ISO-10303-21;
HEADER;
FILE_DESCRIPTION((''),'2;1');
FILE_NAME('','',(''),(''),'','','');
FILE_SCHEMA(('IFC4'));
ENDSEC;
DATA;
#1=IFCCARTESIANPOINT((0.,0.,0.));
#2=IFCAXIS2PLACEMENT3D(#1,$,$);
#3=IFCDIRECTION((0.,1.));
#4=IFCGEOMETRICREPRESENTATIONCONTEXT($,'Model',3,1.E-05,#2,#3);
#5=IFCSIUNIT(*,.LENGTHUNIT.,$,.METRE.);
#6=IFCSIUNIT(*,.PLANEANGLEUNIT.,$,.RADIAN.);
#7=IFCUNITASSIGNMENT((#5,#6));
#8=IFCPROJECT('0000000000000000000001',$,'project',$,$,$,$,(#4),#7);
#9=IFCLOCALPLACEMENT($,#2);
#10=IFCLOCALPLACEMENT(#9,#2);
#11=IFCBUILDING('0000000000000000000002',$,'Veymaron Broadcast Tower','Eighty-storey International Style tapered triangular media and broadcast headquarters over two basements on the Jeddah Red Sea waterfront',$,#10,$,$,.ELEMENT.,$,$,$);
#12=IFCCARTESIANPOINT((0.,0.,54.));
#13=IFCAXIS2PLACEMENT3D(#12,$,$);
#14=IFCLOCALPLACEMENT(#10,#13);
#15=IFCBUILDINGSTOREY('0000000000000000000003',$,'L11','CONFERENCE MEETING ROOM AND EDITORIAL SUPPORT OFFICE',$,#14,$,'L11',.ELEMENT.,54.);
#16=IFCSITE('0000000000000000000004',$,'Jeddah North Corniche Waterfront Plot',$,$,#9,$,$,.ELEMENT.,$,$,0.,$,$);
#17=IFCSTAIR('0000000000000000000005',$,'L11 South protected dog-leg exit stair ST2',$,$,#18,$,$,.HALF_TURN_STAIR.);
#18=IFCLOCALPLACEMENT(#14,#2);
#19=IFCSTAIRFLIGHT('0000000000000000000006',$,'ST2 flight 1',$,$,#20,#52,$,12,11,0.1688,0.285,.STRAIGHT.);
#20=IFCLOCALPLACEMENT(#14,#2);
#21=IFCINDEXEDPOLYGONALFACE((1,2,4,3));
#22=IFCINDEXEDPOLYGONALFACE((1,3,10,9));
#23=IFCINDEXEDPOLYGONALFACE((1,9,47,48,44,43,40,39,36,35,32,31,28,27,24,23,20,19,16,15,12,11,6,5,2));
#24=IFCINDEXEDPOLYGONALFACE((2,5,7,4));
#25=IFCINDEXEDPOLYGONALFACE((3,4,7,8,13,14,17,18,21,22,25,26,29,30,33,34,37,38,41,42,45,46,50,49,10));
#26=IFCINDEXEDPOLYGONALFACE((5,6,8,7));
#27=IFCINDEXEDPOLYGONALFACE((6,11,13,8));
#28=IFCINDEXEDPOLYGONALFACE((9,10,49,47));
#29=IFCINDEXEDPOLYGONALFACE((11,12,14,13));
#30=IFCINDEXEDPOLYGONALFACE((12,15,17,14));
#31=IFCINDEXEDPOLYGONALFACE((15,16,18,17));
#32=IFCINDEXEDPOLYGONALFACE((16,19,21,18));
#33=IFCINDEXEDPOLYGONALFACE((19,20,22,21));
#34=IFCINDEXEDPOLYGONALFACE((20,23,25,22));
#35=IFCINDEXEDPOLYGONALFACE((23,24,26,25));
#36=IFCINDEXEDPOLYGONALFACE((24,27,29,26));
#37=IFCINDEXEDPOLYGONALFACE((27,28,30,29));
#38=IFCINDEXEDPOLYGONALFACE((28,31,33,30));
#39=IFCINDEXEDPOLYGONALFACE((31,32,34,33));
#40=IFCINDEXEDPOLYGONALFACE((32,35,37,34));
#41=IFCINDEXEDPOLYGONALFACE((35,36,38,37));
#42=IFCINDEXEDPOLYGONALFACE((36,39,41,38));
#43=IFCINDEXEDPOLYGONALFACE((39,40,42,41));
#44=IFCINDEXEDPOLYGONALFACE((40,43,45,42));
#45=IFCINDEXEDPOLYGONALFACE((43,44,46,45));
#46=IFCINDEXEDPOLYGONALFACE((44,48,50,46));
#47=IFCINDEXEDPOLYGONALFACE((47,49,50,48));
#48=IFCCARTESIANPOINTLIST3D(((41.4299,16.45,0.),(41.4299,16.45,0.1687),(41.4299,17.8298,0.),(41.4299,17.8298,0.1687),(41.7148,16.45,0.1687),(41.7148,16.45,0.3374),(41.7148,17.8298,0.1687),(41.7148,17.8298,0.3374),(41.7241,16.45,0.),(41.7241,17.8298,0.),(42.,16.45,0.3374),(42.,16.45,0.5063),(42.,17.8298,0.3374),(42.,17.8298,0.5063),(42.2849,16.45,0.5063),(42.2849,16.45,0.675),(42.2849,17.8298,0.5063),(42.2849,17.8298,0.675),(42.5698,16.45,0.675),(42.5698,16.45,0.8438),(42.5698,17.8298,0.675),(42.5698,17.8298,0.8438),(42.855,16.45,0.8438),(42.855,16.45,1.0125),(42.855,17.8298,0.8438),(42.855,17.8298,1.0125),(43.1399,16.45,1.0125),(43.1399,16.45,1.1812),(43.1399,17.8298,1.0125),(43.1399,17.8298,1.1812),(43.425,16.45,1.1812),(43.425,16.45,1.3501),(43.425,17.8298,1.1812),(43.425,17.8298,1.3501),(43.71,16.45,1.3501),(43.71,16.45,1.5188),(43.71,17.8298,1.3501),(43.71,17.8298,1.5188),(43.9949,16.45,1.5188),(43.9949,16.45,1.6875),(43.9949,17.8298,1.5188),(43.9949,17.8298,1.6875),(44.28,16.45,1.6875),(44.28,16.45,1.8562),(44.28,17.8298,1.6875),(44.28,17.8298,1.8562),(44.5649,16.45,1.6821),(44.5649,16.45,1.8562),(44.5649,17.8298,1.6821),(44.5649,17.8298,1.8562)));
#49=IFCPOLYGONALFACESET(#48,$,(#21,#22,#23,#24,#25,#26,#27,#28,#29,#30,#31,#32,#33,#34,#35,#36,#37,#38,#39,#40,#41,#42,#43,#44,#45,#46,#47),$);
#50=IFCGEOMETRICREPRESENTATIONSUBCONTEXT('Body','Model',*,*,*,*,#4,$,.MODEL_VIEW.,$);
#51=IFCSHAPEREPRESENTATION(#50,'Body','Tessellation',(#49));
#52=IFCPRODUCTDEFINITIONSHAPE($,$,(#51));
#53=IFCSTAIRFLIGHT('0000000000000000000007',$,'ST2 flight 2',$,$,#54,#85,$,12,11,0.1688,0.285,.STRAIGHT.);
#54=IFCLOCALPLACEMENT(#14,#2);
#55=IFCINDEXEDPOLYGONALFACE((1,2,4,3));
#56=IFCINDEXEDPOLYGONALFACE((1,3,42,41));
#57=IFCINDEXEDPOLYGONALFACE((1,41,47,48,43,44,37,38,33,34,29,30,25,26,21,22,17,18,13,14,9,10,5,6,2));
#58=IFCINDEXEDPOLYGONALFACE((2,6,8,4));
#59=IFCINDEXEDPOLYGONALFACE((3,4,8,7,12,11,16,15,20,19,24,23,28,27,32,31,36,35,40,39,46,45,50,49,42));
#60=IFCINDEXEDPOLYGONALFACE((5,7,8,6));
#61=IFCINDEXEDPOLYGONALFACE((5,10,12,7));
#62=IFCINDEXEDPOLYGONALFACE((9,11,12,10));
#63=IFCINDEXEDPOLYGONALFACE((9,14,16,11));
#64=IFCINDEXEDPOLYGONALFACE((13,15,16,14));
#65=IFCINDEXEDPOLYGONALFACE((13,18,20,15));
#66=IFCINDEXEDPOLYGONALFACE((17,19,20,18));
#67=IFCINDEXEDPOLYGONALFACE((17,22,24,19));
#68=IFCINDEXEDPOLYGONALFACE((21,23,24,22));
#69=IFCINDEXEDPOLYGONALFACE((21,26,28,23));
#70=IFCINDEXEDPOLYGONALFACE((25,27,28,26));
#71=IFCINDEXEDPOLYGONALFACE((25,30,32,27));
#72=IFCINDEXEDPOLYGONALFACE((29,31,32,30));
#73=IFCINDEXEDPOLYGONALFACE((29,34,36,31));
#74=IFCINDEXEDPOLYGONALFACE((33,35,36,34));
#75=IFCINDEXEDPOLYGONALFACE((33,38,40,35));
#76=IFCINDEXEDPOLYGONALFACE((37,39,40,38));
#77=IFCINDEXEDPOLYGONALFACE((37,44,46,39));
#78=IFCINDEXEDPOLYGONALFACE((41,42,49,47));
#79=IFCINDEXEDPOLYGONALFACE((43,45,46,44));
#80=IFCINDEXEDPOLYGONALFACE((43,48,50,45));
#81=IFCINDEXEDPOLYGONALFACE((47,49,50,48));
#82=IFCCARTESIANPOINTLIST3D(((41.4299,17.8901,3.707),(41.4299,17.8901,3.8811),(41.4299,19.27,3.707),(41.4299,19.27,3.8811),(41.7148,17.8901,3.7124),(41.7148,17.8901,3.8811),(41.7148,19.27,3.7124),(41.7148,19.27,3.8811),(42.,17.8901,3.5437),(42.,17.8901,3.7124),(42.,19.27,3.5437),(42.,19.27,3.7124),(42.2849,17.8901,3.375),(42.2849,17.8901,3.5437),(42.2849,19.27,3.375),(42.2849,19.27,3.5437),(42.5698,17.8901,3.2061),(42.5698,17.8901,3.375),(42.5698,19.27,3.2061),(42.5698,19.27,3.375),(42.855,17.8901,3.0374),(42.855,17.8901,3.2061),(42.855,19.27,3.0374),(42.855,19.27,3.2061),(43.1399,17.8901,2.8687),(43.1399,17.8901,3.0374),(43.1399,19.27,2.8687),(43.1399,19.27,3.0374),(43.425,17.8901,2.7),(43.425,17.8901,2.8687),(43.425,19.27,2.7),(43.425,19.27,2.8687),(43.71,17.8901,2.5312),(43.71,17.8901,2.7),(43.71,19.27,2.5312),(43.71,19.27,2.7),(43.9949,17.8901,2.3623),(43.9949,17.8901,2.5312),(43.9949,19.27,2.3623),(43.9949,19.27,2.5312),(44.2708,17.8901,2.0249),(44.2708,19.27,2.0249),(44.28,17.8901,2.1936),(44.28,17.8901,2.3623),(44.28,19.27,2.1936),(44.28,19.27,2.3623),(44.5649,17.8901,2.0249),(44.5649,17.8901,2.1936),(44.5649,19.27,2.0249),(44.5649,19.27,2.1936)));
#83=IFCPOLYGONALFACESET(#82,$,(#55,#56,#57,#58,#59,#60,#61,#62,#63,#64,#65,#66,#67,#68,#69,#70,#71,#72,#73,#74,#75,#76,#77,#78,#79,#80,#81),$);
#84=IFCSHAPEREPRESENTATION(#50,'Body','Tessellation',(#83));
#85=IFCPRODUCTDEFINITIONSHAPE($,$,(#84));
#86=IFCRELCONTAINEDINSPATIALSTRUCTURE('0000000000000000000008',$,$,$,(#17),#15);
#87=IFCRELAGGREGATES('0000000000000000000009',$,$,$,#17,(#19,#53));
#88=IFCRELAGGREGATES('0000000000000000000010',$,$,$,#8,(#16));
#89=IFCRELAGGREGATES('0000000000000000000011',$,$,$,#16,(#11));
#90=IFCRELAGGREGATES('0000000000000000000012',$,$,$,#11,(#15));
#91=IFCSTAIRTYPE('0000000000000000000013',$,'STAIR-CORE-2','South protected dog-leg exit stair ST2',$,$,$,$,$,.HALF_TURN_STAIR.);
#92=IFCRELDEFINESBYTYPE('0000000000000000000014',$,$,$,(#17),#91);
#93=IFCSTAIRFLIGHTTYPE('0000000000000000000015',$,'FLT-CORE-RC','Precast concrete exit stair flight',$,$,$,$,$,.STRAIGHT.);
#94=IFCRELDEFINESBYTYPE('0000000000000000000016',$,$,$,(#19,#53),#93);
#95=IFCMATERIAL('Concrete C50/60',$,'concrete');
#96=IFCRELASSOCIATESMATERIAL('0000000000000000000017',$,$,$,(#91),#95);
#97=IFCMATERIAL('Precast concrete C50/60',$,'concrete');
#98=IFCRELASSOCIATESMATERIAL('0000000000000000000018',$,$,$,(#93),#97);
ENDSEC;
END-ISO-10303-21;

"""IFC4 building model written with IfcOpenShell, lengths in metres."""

from ifc_helpers import new_model, si_unit, direction, frame, origin, place, context, subcontext, project, spatial, polyline, outline, extrude, material, type_object, element, aggregate, save


model = new_model("IFC4")

# Units and contexts
model_context = context("Model", 3, precision=1e-05, world=origin(), true_north=direction((0.0, 1.0)))
body_context = subcontext(model_context, "Body", "Model", "MODEL_VIEW")
ifc_project = project(units=[si_unit("LENGTHUNIT", "METRE"), si_unit("PLANEANGLEUNIT", "RADIAN")], contexts=[model_context])

# Site, building, storey
site_placement = place(None, origin())
site = spatial("IfcSite", under=ifc_project, at=site_placement, Name="Jeddah North Corniche Waterfront Plot", CompositionType="ELEMENT", RefElevation=0.0)
building_placement = place(site_placement, origin())
building = spatial("IfcBuilding", under=site, at=building_placement, Name="Veymaron Broadcast Tower", Description="Eighty-storey International Style tapered triangular media and broadcast headquarters over two basements on the Jeddah Red Sea waterfront", CompositionType="ELEMENT")
storey_placement = place(building_placement, frame((0.0, 0.0, 54.0)))
storey = spatial("IfcBuildingStorey", under=building, at=storey_placement, Name="L11", Description="CONFERENCE MEETING ROOM AND EDITORIAL SUPPORT OFFICE", LongName="L11", CompositionType="ELEMENT", Elevation=54.0)

# Shared definitions
ifc_material_1 = material(Name="Concrete C50/60", Category="concrete")

# Stair, stair flights
stair_type = type_object("IfcStairType", Name="STAIR-CORE-2", Description="South protected dog-leg exit stair ST2", PredefinedType="HALF_TURN_STAIR", material=ifc_material_1)
stair_placement = place(storey_placement, origin())
stair = element("IfcStair", 1, at=stair_placement, inside=storey, type_object=stair_type, Name="L11 South protected dog-leg exit stair ST2", PredefinedType="HALF_TURN_STAIR")
ifc_material_2 = material(Name="Precast concrete C50/60", Category="concrete")
stair_flight_type = type_object("IfcStairFlightType", Name="FLT-CORE-RC", Description="Precast concrete exit stair flight", PredefinedType="STRAIGHT", material=ifc_material_2)
stair_flight_1_placement = place(storey_placement, frame((41.4299, 17.1399, 0.0), z_axis=(0.0, 0.0, 1.0), x_axis=(1.0, 0.0, 0.0)))
stair_flight_1 = element("IfcStairFlight", 2, at=stair_flight_1_placement, type_object=stair_flight_type, Name="ST2 flight 1", NumberOfRisers=12, NumberOfTreads=11, PredefinedType="STRAIGHT", RiserHeight=0.1688, TreadLength=0.285, context=body_context, shape_type="SweptSolid", body=[
    extrude(outline(polyline([(0.0, 0.0), (0.0, 0.1687), (0.2849, 0.1687), (0.2849, 0.3374), (0.5701, 0.3374), (0.5701, 0.5063), (0.855, 0.5063), (0.855, 0.675), (1.1399, 0.675), (1.1399, 0.8438), (1.425, 0.8438), (1.425, 1.0125), (1.71, 1.0125), (1.71, 1.1812), (1.9951, 1.1812), (1.9951, 1.3501), (2.28, 1.3501), (2.28, 1.5188), (2.5649, 1.5188), (2.5649, 1.6875), (2.8501, 1.6875), (2.8501, 1.8562), (3.135, 1.8562), (3.135, 2.0249), (3.135, 1.6821), (0.2942, 0.0), (0.0, 0.0)])), frame((0.0, 0.6899, 0.0), z_axis=(0.0, -1.0, 0.0), x_axis=(1.0, 0.0, 0.0)), (0.0, 0.0, 1.0), 1.3799),
])
stair_flight_2_placement = place(storey_placement, frame((44.5649, 18.5801, 2.0249), z_axis=(0.0, 0.0, 1.0), x_axis=(-1.0, 0.0, 0.0)))
stair_flight_2 = element("IfcStairFlight", 3, at=stair_flight_2_placement, type_object=stair_flight_type, Name="ST2 flight 2", NumberOfRisers=12, NumberOfTreads=11, PredefinedType="STRAIGHT", RiserHeight=0.1688, TreadLength=0.285, context=body_context, shape_type="SweptSolid", body=[
    extrude(outline(polyline([(0.0, 0.0), (0.0, 0.1687), (0.2849, 0.1687), (0.2849, 0.3374), (0.5701, 0.3374), (0.5701, 0.5063), (0.855, 0.5063), (0.855, 0.675), (1.1399, 0.675), (1.1399, 0.8438), (1.425, 0.8438), (1.425, 1.0125), (1.71, 1.0125), (1.71, 1.1812), (1.9951, 1.1812), (1.9951, 1.3501), (2.28, 1.3501), (2.28, 1.5188), (2.5649, 1.5188), (2.5649, 1.6875), (2.8501, 1.6875), (2.8501, 1.8562), (3.135, 1.8562), (3.135, 2.0249), (3.135, 1.6821), (0.2942, 0.0), (0.0, 0.0)])), frame((0.0, 0.6899, 0.0), z_axis=(0.0, -1.0, 0.0), x_axis=(1.0, 0.0, 0.0)), (0.0, 0.0, 1.0), 1.3799),
])
aggregate(stair, [stair_flight_1, stair_flight_2])

save(model, "model.ifc")
